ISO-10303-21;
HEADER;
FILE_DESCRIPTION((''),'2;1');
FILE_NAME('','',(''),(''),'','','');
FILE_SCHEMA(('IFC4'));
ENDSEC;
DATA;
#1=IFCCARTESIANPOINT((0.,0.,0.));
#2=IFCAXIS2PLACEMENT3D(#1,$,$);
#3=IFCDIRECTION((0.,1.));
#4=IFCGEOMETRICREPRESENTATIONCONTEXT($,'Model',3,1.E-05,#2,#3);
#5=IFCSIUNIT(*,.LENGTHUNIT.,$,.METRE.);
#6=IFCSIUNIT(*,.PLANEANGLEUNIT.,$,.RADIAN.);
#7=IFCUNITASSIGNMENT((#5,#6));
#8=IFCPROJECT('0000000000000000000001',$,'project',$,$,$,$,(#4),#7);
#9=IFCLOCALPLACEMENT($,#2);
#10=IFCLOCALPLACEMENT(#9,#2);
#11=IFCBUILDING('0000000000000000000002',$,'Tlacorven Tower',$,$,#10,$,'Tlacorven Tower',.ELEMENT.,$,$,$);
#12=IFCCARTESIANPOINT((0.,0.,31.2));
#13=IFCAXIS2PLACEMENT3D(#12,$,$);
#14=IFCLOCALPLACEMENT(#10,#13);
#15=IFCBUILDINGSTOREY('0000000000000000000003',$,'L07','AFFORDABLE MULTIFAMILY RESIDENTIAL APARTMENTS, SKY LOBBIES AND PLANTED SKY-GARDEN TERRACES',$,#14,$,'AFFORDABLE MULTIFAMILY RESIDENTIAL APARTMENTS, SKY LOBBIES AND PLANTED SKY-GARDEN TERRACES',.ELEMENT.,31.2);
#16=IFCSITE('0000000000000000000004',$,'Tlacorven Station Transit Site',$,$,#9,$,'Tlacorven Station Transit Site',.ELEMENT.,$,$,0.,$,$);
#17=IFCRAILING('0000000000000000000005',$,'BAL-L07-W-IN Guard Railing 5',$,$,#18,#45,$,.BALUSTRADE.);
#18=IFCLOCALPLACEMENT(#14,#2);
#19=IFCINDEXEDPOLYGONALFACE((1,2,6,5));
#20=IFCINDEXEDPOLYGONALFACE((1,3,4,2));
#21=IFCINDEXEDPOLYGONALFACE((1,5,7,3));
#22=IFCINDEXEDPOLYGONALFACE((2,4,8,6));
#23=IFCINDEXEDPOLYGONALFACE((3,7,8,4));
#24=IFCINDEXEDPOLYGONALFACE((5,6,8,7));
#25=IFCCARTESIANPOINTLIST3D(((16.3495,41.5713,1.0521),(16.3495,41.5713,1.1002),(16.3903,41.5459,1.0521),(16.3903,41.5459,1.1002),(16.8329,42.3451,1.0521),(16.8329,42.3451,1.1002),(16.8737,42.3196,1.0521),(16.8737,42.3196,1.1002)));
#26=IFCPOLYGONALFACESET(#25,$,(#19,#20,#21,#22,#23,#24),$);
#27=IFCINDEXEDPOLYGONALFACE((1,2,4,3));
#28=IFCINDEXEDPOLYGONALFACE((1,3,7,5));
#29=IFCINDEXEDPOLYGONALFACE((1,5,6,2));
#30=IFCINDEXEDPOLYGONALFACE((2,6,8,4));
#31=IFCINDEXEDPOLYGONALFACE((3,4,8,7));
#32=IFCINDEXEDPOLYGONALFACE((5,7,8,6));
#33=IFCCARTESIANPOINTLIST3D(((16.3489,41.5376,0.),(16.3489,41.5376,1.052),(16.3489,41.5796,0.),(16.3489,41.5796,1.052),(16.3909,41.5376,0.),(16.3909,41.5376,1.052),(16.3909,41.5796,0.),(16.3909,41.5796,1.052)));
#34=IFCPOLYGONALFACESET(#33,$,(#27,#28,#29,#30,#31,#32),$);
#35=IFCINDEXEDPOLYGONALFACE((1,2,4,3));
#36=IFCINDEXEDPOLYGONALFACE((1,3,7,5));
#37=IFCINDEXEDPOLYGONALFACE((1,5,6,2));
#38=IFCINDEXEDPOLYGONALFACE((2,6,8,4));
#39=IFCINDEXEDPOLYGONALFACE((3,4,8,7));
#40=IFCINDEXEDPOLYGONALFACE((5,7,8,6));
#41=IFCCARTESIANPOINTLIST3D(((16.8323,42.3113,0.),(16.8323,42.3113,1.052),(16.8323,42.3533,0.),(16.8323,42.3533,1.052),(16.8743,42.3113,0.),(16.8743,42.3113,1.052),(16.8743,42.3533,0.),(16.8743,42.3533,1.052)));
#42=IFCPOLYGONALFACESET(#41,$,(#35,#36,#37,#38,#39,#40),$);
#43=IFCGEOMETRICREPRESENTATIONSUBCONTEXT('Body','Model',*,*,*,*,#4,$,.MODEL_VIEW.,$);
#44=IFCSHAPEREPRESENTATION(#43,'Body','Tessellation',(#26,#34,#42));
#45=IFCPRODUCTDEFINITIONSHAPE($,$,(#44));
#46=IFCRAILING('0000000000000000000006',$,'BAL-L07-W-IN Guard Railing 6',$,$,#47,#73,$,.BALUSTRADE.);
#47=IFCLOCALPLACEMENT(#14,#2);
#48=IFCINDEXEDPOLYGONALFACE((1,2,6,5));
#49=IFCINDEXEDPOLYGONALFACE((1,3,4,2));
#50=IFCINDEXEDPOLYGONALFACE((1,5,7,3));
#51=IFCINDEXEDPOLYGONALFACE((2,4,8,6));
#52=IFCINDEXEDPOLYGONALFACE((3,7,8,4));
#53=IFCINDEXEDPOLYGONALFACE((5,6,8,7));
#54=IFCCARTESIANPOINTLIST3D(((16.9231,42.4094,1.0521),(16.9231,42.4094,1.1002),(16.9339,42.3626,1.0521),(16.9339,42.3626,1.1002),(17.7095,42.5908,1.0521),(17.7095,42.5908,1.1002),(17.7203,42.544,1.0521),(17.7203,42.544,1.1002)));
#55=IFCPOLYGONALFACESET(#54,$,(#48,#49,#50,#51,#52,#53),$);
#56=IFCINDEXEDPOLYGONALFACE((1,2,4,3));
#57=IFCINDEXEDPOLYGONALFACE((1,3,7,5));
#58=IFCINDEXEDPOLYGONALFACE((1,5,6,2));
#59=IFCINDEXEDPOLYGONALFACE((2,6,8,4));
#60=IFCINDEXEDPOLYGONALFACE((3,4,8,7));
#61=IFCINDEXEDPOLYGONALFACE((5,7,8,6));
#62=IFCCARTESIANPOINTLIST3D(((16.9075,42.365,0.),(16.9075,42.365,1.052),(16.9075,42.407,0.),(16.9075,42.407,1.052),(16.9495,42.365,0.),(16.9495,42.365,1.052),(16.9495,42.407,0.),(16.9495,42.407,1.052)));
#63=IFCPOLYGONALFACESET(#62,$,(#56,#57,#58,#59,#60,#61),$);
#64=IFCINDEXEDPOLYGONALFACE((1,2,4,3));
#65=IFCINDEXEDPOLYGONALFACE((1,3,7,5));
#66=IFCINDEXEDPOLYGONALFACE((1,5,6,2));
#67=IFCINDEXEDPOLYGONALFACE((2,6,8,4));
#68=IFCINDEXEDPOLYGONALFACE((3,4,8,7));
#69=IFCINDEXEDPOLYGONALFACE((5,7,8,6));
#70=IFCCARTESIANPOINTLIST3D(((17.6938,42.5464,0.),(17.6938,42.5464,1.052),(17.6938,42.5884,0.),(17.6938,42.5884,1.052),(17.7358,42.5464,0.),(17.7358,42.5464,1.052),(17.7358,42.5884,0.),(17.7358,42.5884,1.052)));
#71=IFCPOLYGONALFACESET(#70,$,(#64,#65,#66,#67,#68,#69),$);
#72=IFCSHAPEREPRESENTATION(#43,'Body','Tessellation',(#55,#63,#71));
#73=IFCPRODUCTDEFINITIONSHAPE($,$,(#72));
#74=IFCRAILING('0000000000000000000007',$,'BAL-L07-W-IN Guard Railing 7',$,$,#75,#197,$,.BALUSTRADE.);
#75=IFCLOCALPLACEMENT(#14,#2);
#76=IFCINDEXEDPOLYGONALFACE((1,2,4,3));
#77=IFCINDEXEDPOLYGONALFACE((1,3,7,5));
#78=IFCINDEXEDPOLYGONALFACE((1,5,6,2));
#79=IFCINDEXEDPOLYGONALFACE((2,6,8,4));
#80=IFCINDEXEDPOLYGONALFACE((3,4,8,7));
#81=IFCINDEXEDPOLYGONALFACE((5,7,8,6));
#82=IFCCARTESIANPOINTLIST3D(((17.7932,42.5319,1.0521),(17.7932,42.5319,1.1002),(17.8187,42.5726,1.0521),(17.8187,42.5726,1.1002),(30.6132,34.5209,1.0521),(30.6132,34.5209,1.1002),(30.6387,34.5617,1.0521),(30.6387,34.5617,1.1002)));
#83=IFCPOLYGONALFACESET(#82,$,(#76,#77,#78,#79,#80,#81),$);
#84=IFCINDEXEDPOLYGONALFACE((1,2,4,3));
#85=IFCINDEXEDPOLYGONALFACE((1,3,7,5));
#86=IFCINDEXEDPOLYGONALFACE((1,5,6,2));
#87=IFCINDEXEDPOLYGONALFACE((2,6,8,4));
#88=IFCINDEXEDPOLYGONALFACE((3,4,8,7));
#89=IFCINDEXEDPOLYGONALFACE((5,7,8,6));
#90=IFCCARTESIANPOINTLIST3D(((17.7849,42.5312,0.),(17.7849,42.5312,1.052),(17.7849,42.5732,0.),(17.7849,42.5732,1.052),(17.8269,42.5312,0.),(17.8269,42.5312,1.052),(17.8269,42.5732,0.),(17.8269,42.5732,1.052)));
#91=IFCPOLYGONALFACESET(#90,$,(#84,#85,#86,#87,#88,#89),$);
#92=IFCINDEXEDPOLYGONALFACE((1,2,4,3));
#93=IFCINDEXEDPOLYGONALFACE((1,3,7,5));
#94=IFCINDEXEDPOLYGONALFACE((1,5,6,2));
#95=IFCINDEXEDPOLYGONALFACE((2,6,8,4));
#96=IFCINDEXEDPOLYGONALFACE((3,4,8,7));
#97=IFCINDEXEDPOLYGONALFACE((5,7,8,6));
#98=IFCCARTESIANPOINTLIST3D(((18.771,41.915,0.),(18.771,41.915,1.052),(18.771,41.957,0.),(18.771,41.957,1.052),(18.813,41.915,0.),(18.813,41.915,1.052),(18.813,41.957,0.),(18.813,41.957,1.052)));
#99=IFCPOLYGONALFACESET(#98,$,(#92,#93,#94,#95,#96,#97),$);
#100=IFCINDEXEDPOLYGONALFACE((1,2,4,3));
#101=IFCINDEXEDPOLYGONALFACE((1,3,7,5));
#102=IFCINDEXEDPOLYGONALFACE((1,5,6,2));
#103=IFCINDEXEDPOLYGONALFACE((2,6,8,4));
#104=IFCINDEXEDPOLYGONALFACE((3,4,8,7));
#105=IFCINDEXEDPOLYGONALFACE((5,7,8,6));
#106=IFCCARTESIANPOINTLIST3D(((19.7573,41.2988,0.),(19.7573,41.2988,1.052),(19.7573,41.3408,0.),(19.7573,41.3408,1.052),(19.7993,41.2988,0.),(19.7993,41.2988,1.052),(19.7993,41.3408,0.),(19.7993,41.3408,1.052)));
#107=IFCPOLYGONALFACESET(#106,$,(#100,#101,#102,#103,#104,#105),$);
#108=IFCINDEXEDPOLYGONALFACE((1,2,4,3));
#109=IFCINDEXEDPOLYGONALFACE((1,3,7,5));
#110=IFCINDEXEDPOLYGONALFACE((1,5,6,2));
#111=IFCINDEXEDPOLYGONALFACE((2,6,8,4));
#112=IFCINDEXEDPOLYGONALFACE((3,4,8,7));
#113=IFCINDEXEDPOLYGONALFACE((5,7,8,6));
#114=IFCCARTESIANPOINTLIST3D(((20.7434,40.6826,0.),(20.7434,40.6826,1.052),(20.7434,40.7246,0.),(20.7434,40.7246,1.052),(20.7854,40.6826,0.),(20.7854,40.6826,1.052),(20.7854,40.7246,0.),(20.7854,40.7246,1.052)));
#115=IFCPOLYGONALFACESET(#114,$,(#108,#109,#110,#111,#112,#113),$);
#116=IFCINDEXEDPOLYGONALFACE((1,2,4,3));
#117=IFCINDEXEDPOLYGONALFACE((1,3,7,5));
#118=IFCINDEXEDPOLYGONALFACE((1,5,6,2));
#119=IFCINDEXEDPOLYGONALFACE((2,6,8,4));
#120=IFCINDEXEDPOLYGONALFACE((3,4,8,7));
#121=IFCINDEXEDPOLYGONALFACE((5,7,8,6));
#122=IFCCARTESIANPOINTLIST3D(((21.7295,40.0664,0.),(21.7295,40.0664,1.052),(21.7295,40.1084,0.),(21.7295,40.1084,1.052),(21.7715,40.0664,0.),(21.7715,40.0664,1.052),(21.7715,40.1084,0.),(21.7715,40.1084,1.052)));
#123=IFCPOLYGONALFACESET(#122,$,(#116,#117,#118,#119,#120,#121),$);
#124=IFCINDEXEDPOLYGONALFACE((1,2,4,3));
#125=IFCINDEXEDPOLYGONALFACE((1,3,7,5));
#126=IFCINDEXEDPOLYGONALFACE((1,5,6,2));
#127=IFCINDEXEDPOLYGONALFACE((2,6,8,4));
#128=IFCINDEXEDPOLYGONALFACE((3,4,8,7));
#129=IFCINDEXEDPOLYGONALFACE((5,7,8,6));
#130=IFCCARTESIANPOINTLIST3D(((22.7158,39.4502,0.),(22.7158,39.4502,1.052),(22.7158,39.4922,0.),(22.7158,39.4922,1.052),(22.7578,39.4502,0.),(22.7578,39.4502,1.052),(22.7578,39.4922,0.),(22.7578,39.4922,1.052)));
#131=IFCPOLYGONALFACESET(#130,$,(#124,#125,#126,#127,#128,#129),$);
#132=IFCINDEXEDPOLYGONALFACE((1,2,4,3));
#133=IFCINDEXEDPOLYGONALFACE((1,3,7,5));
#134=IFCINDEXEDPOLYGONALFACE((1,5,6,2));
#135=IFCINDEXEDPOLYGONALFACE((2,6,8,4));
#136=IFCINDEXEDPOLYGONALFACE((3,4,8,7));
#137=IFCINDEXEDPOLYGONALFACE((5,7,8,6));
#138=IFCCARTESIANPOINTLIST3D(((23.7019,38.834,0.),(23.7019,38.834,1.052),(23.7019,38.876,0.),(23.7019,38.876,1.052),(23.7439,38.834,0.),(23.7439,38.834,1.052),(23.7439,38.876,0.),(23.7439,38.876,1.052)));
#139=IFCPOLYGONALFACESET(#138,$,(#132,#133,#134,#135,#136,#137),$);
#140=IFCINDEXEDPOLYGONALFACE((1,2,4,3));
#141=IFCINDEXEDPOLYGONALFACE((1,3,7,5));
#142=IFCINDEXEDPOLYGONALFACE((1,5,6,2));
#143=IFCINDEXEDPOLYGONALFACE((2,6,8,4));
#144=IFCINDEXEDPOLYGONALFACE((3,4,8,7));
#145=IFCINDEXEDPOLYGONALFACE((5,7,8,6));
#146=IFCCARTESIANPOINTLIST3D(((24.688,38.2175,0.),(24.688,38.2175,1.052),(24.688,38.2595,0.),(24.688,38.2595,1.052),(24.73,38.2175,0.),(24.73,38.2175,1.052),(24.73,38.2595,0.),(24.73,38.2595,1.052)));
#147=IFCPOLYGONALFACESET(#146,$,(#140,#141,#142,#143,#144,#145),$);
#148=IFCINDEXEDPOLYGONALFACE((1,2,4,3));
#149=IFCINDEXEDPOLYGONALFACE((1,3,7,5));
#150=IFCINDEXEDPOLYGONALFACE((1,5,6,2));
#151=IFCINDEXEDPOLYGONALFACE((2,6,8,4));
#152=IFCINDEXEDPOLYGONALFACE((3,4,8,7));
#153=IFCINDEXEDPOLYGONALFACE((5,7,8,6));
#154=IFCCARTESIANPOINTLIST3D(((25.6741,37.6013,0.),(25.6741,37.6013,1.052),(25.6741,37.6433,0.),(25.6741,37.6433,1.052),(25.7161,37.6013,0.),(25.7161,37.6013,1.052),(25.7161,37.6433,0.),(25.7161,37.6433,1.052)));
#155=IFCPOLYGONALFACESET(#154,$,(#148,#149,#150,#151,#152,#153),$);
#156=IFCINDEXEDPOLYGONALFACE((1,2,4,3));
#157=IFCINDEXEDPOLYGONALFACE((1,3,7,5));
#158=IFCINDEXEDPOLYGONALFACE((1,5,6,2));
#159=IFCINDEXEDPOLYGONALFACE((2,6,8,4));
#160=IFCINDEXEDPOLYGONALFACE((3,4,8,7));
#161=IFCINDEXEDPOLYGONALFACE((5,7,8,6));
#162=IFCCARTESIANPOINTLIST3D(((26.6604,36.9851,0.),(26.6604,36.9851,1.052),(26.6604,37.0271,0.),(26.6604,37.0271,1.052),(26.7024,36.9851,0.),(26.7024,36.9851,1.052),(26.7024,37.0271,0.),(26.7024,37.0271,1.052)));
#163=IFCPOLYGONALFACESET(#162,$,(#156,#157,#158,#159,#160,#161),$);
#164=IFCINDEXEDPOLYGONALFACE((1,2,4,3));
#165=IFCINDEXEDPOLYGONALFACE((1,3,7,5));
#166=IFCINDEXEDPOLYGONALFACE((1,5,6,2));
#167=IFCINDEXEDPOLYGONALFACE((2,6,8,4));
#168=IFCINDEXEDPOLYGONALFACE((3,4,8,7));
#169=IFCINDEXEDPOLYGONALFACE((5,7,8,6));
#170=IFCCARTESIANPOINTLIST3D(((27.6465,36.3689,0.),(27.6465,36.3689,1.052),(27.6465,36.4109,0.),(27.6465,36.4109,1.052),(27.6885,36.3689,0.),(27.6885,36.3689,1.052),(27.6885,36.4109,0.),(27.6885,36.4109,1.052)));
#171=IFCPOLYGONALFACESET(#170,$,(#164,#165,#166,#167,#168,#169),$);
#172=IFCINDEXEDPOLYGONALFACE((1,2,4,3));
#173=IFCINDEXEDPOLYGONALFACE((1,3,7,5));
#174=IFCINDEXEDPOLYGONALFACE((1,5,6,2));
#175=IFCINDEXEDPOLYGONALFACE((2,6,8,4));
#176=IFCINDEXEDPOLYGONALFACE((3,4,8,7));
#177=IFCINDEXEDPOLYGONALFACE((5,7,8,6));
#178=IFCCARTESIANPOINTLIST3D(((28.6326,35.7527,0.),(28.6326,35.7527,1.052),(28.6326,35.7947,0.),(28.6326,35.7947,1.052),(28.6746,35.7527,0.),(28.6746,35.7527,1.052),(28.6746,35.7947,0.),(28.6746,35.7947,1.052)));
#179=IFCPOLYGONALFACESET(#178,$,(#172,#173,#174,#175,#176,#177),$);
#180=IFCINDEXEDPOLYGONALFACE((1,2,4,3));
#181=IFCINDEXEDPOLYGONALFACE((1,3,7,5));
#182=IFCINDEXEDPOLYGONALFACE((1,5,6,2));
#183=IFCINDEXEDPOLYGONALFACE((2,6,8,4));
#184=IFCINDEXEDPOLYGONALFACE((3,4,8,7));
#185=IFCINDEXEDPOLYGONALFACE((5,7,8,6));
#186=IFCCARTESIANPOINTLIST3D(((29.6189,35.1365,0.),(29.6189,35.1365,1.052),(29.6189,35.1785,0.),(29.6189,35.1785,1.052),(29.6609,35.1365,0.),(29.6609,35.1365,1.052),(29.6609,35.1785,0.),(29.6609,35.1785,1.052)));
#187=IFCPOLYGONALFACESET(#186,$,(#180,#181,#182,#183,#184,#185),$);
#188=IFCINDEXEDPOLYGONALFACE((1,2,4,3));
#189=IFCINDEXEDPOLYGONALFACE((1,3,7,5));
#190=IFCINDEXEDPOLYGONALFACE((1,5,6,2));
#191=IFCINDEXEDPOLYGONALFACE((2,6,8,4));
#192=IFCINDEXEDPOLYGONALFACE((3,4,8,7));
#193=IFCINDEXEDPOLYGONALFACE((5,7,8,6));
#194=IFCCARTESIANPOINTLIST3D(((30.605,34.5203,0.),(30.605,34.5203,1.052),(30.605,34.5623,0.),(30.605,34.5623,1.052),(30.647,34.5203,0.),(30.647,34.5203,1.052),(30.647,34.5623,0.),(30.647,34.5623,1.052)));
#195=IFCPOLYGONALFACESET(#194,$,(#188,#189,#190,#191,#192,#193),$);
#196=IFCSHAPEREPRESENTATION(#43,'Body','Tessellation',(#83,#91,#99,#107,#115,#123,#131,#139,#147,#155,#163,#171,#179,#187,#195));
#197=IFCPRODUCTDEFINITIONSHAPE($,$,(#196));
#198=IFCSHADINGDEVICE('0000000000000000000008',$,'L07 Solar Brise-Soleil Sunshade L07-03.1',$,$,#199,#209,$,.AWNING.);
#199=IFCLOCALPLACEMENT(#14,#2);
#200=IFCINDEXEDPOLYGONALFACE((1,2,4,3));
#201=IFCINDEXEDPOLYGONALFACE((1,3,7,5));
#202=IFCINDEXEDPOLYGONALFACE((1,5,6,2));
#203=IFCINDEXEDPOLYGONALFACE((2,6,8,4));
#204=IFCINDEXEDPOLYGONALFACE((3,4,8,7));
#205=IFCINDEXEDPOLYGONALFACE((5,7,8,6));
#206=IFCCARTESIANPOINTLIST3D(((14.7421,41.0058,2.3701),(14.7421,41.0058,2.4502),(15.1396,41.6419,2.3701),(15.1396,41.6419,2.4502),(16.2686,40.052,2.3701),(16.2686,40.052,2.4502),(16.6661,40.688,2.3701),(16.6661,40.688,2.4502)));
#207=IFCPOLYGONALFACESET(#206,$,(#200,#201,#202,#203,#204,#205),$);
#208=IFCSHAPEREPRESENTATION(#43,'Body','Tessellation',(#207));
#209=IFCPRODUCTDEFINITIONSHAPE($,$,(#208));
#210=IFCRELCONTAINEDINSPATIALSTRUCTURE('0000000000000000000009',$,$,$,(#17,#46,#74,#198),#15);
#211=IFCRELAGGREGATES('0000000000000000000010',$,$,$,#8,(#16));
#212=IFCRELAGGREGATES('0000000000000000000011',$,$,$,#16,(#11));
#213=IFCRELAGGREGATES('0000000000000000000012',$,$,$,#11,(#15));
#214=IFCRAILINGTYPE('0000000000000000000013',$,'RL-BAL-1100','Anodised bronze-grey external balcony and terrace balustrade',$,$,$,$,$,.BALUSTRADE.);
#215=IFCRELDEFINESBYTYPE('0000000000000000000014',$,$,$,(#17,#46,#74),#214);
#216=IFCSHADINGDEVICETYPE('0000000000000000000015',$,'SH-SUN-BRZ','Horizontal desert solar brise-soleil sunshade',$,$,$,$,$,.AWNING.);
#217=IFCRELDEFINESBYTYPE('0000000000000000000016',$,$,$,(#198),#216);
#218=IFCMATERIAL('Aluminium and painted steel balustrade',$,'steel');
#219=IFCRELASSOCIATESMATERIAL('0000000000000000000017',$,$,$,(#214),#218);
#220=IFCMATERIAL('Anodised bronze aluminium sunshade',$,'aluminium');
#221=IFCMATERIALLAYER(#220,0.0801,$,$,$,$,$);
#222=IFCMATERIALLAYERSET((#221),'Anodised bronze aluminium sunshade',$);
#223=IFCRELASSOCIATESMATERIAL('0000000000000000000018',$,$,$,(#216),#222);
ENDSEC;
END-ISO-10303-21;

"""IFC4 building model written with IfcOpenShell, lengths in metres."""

from ifc_helpers import new_model, si_unit, direction, frame, origin, origin_2d, place, context, subcontext, project, spatial, rectangle, extrude, source, transform, mapped, material, layer, layer_set, type_object, element, save


model = new_model("IFC4")

# Units and contexts
model_context = context("Model", 3, precision=1e-05, world=origin(), true_north=direction((0.0, 1.0)))
body_context = subcontext(model_context, "Body", "Model", "MODEL_VIEW")
ifc_project = project(units=[si_unit("LENGTHUNIT", "METRE"), si_unit("PLANEANGLEUNIT", "RADIAN")], contexts=[model_context])

# Site, building, storey
site_placement = place(None, origin())
site = spatial("IfcSite", under=ifc_project, at=site_placement, Name="Tlacorven Station Transit Site", LongName="Tlacorven Station Transit Site", CompositionType="ELEMENT", RefElevation=0.0)
building_placement = place(site_placement, origin())
building = spatial("IfcBuilding", under=site, at=building_placement, Name="Tlacorven Tower", LongName="Tlacorven Tower", CompositionType="ELEMENT")
storey_placement = place(building_placement, frame((0.0, 0.0, 31.2)))
storey = spatial("IfcBuildingStorey", under=building, at=storey_placement, Name="L07", Description="AFFORDABLE MULTIFAMILY RESIDENTIAL APARTMENTS, SKY LOBBIES AND PLANTED SKY-GARDEN TERRACES", LongName="AFFORDABLE MULTIFAMILY RESIDENTIAL APARTMENTS, SKY LOBBIES AND PLANTED SKY-GARDEN TERRACES", CompositionType="ELEMENT", Elevation=31.2)

# Railings
ifc_material_1 = material(Name="Aluminium and painted steel balustrade", Category="steel")
railing_type = type_object("IfcRailingType", Name="RL-BAL-1100", Description="Anodised bronze-grey external balcony and terrace balustrade", PredefinedType="BALUSTRADE", material=ifc_material_1)
shared_shape_1 = source(origin(), body_context, "Body", "SweptSolid", [
    extrude(rectangle(XDim=0.0481, YDim=0.0481, at=origin_2d()), frame((0.0, 0.0, 1.0762), z_axis=(0.529879, 0.848073, 0.0), x_axis=(-0.848073, 0.529879, 0.0)), (0.0, 0.0, 1.0), 0.9124),
    extrude(rectangle(XDim=0.042, YDim=0.042, at=origin_2d()), origin(), (0.0, 0.0, 1.0), 1.052),
    extrude(rectangle(XDim=0.042, YDim=0.042, at=origin_2d()), frame((0.4834, 0.7737, 0.0)), (0.0, 0.0, 1.0), 1.052),
])
railing_1_placement = place(storey_placement, frame((16.3699, 41.5586, 0.0)))
element("IfcRailing", 1, at=railing_1_placement, inside=storey, type_object=railing_type, Name="BAL-L07-W-IN Guard Railing 5", PredefinedType="BALUSTRADE", context=body_context, shape_type="MappedRepresentation", body=[
    mapped(shared_shape_1, transform((0.0, 0.0, 0.0), scale=1.0)),
])
shared_shape_2 = source(origin(), body_context, "Body", "SweptSolid", [
    extrude(rectangle(XDim=0.0481, YDim=0.0481, at=origin_2d()), frame((0.0, 0.0, 1.0762), z_axis=(0.974412, 0.224771, 0.0), x_axis=(-0.224771, 0.974412, 0.0)), (0.0, 0.0, 1.0), 0.8071),
    extrude(rectangle(XDim=0.042, YDim=0.042, at=origin_2d()), origin(), (0.0, 0.0, 1.0), 1.052),
    extrude(rectangle(XDim=0.042, YDim=0.042, at=origin_2d()), frame((0.7864, 0.1814, 0.0)), (0.0, 0.0, 1.0), 1.052),
])
railing_2_placement = place(storey_placement, frame((16.9285, 42.386, 0.0)))
element("IfcRailing", 2, at=railing_2_placement, inside=storey, type_object=railing_type, Name="BAL-L07-W-IN Guard Railing 6", PredefinedType="BALUSTRADE", context=body_context, shape_type="MappedRepresentation", body=[
    mapped(shared_shape_2, transform((0.0, 0.0, 0.0), scale=1.0)),
])
shared_shape_3 = source(origin(), body_context, "Body", "SweptSolid", [
    extrude(rectangle(XDim=0.0481, YDim=0.0481, at=origin_2d()), frame((0.0, 0.0, 1.0762), z_axis=(0.848045, -0.529925, 0.0), x_axis=(0.529925, 0.848045, 0.0)), (0.0, 0.0, 1.0), 15.1172),
    extrude(rectangle(XDim=0.042, YDim=0.042, at=origin_2d()), origin(), (0.0, 0.0, 1.0), 1.052),
    extrude(rectangle(XDim=0.042, YDim=0.042, at=origin_2d()), frame((0.9861, -0.6162, 0.0)), (0.0, 0.0, 1.0), 1.052),
    extrude(rectangle(XDim=0.042, YDim=0.042, at=origin_2d()), frame((1.9724, -1.2324, 0.0)), (0.0, 0.0, 1.0), 1.052),
    extrude(rectangle(XDim=0.042, YDim=0.042, at=origin_2d()), frame((2.9585, -1.8486, 0.0)), (0.0, 0.0, 1.0), 1.052),
    extrude(rectangle(XDim=0.042, YDim=0.042, at=origin_2d()), frame((3.9446, -2.4648, 0.0)), (0.0, 0.0, 1.0), 1.052),
    extrude(rectangle(XDim=0.042, YDim=0.042, at=origin_2d()), frame((4.9309, -3.0811, 0.0)), (0.0, 0.0, 1.0), 1.052),
    extrude(rectangle(XDim=0.042, YDim=0.042, at=origin_2d()), frame((5.917, -3.6973, 0.0)), (0.0, 0.0, 1.0), 1.052),
    extrude(rectangle(XDim=0.042, YDim=0.042, at=origin_2d()), frame((6.9031, -4.3137, 0.0)), (0.0, 0.0, 1.0), 1.052),
    extrude(rectangle(XDim=0.042, YDim=0.042, at=origin_2d()), frame((7.8892, -4.9299, 0.0)), (0.0, 0.0, 1.0), 1.052),
    extrude(rectangle(XDim=0.042, YDim=0.042, at=origin_2d()), frame((8.8755, -5.5461, 0.0)), (0.0, 0.0, 1.0), 1.052),
    extrude(rectangle(XDim=0.042, YDim=0.042, at=origin_2d()), frame((9.8616, -6.1624, 0.0)), (0.0, 0.0, 1.0), 1.052),
    extrude(rectangle(XDim=0.042, YDim=0.042, at=origin_2d()), frame((10.8477, -6.7786, 0.0)), (0.0, 0.0, 1.0), 1.052),
    extrude(rectangle(XDim=0.042, YDim=0.042, at=origin_2d()), frame((11.834, -7.3948, 0.0)), (0.0, 0.0, 1.0), 1.052),
    extrude(rectangle(XDim=0.042, YDim=0.042, at=origin_2d()), frame((12.8201, -8.011, 0.0)), (0.0, 0.0, 1.0), 1.052),
])
railing_3_placement = place(storey_placement, frame((17.8059, 42.5522, 0.0)))
element("IfcRailing", 3, at=railing_3_placement, inside=storey, type_object=railing_type, Name="BAL-L07-W-IN Guard Railing 7", PredefinedType="BALUSTRADE", context=body_context, shape_type="MappedRepresentation", body=[
    mapped(shared_shape_3, transform((0.0, 0.0, 0.0), scale=1.0)),
])

# Shading device
ifc_material_2 = material(Name="Anodised bronze aluminium sunshade", Category="aluminium")
ifc_layer_1 = layer(ifc_material_2, 0.0801)
ifc_layer_set_1 = layer_set([ifc_layer_1], Name="Anodised bronze aluminium sunshade")
shading_device_type = type_object("IfcShadingDeviceType", Name="SH-SUN-BRZ", Description="Horizontal desert solar brise-soleil sunshade", PredefinedType="AWNING", material=ifc_layer_set_1)
shared_shape_4 = source(origin(), body_context, "Body", "SweptSolid", [
    extrude(rectangle(XDim=1.8, YDim=0.75, at=origin_2d()), origin(), (0.0, 0.0, 1.0), 0.0801),
])
shading_device_placement = place(storey_placement, frame((15.7041, 40.8469, 2.3701), z_axis=(0.0, 0.0, 1.0), x_axis=(0.848048, -0.529919, 0.0)))
element("IfcShadingDevice", 4, at=shading_device_placement, inside=storey, type_object=shading_device_type, Name="L07 Solar Brise-Soleil Sunshade L07-03.1", PredefinedType="AWNING", context=body_context, shape_type="MappedRepresentation", body=[
    mapped(shared_shape_4, transform((0.0, 0.0, 0.0), scale=1.0)),
])

save(model, "model.ifc")
